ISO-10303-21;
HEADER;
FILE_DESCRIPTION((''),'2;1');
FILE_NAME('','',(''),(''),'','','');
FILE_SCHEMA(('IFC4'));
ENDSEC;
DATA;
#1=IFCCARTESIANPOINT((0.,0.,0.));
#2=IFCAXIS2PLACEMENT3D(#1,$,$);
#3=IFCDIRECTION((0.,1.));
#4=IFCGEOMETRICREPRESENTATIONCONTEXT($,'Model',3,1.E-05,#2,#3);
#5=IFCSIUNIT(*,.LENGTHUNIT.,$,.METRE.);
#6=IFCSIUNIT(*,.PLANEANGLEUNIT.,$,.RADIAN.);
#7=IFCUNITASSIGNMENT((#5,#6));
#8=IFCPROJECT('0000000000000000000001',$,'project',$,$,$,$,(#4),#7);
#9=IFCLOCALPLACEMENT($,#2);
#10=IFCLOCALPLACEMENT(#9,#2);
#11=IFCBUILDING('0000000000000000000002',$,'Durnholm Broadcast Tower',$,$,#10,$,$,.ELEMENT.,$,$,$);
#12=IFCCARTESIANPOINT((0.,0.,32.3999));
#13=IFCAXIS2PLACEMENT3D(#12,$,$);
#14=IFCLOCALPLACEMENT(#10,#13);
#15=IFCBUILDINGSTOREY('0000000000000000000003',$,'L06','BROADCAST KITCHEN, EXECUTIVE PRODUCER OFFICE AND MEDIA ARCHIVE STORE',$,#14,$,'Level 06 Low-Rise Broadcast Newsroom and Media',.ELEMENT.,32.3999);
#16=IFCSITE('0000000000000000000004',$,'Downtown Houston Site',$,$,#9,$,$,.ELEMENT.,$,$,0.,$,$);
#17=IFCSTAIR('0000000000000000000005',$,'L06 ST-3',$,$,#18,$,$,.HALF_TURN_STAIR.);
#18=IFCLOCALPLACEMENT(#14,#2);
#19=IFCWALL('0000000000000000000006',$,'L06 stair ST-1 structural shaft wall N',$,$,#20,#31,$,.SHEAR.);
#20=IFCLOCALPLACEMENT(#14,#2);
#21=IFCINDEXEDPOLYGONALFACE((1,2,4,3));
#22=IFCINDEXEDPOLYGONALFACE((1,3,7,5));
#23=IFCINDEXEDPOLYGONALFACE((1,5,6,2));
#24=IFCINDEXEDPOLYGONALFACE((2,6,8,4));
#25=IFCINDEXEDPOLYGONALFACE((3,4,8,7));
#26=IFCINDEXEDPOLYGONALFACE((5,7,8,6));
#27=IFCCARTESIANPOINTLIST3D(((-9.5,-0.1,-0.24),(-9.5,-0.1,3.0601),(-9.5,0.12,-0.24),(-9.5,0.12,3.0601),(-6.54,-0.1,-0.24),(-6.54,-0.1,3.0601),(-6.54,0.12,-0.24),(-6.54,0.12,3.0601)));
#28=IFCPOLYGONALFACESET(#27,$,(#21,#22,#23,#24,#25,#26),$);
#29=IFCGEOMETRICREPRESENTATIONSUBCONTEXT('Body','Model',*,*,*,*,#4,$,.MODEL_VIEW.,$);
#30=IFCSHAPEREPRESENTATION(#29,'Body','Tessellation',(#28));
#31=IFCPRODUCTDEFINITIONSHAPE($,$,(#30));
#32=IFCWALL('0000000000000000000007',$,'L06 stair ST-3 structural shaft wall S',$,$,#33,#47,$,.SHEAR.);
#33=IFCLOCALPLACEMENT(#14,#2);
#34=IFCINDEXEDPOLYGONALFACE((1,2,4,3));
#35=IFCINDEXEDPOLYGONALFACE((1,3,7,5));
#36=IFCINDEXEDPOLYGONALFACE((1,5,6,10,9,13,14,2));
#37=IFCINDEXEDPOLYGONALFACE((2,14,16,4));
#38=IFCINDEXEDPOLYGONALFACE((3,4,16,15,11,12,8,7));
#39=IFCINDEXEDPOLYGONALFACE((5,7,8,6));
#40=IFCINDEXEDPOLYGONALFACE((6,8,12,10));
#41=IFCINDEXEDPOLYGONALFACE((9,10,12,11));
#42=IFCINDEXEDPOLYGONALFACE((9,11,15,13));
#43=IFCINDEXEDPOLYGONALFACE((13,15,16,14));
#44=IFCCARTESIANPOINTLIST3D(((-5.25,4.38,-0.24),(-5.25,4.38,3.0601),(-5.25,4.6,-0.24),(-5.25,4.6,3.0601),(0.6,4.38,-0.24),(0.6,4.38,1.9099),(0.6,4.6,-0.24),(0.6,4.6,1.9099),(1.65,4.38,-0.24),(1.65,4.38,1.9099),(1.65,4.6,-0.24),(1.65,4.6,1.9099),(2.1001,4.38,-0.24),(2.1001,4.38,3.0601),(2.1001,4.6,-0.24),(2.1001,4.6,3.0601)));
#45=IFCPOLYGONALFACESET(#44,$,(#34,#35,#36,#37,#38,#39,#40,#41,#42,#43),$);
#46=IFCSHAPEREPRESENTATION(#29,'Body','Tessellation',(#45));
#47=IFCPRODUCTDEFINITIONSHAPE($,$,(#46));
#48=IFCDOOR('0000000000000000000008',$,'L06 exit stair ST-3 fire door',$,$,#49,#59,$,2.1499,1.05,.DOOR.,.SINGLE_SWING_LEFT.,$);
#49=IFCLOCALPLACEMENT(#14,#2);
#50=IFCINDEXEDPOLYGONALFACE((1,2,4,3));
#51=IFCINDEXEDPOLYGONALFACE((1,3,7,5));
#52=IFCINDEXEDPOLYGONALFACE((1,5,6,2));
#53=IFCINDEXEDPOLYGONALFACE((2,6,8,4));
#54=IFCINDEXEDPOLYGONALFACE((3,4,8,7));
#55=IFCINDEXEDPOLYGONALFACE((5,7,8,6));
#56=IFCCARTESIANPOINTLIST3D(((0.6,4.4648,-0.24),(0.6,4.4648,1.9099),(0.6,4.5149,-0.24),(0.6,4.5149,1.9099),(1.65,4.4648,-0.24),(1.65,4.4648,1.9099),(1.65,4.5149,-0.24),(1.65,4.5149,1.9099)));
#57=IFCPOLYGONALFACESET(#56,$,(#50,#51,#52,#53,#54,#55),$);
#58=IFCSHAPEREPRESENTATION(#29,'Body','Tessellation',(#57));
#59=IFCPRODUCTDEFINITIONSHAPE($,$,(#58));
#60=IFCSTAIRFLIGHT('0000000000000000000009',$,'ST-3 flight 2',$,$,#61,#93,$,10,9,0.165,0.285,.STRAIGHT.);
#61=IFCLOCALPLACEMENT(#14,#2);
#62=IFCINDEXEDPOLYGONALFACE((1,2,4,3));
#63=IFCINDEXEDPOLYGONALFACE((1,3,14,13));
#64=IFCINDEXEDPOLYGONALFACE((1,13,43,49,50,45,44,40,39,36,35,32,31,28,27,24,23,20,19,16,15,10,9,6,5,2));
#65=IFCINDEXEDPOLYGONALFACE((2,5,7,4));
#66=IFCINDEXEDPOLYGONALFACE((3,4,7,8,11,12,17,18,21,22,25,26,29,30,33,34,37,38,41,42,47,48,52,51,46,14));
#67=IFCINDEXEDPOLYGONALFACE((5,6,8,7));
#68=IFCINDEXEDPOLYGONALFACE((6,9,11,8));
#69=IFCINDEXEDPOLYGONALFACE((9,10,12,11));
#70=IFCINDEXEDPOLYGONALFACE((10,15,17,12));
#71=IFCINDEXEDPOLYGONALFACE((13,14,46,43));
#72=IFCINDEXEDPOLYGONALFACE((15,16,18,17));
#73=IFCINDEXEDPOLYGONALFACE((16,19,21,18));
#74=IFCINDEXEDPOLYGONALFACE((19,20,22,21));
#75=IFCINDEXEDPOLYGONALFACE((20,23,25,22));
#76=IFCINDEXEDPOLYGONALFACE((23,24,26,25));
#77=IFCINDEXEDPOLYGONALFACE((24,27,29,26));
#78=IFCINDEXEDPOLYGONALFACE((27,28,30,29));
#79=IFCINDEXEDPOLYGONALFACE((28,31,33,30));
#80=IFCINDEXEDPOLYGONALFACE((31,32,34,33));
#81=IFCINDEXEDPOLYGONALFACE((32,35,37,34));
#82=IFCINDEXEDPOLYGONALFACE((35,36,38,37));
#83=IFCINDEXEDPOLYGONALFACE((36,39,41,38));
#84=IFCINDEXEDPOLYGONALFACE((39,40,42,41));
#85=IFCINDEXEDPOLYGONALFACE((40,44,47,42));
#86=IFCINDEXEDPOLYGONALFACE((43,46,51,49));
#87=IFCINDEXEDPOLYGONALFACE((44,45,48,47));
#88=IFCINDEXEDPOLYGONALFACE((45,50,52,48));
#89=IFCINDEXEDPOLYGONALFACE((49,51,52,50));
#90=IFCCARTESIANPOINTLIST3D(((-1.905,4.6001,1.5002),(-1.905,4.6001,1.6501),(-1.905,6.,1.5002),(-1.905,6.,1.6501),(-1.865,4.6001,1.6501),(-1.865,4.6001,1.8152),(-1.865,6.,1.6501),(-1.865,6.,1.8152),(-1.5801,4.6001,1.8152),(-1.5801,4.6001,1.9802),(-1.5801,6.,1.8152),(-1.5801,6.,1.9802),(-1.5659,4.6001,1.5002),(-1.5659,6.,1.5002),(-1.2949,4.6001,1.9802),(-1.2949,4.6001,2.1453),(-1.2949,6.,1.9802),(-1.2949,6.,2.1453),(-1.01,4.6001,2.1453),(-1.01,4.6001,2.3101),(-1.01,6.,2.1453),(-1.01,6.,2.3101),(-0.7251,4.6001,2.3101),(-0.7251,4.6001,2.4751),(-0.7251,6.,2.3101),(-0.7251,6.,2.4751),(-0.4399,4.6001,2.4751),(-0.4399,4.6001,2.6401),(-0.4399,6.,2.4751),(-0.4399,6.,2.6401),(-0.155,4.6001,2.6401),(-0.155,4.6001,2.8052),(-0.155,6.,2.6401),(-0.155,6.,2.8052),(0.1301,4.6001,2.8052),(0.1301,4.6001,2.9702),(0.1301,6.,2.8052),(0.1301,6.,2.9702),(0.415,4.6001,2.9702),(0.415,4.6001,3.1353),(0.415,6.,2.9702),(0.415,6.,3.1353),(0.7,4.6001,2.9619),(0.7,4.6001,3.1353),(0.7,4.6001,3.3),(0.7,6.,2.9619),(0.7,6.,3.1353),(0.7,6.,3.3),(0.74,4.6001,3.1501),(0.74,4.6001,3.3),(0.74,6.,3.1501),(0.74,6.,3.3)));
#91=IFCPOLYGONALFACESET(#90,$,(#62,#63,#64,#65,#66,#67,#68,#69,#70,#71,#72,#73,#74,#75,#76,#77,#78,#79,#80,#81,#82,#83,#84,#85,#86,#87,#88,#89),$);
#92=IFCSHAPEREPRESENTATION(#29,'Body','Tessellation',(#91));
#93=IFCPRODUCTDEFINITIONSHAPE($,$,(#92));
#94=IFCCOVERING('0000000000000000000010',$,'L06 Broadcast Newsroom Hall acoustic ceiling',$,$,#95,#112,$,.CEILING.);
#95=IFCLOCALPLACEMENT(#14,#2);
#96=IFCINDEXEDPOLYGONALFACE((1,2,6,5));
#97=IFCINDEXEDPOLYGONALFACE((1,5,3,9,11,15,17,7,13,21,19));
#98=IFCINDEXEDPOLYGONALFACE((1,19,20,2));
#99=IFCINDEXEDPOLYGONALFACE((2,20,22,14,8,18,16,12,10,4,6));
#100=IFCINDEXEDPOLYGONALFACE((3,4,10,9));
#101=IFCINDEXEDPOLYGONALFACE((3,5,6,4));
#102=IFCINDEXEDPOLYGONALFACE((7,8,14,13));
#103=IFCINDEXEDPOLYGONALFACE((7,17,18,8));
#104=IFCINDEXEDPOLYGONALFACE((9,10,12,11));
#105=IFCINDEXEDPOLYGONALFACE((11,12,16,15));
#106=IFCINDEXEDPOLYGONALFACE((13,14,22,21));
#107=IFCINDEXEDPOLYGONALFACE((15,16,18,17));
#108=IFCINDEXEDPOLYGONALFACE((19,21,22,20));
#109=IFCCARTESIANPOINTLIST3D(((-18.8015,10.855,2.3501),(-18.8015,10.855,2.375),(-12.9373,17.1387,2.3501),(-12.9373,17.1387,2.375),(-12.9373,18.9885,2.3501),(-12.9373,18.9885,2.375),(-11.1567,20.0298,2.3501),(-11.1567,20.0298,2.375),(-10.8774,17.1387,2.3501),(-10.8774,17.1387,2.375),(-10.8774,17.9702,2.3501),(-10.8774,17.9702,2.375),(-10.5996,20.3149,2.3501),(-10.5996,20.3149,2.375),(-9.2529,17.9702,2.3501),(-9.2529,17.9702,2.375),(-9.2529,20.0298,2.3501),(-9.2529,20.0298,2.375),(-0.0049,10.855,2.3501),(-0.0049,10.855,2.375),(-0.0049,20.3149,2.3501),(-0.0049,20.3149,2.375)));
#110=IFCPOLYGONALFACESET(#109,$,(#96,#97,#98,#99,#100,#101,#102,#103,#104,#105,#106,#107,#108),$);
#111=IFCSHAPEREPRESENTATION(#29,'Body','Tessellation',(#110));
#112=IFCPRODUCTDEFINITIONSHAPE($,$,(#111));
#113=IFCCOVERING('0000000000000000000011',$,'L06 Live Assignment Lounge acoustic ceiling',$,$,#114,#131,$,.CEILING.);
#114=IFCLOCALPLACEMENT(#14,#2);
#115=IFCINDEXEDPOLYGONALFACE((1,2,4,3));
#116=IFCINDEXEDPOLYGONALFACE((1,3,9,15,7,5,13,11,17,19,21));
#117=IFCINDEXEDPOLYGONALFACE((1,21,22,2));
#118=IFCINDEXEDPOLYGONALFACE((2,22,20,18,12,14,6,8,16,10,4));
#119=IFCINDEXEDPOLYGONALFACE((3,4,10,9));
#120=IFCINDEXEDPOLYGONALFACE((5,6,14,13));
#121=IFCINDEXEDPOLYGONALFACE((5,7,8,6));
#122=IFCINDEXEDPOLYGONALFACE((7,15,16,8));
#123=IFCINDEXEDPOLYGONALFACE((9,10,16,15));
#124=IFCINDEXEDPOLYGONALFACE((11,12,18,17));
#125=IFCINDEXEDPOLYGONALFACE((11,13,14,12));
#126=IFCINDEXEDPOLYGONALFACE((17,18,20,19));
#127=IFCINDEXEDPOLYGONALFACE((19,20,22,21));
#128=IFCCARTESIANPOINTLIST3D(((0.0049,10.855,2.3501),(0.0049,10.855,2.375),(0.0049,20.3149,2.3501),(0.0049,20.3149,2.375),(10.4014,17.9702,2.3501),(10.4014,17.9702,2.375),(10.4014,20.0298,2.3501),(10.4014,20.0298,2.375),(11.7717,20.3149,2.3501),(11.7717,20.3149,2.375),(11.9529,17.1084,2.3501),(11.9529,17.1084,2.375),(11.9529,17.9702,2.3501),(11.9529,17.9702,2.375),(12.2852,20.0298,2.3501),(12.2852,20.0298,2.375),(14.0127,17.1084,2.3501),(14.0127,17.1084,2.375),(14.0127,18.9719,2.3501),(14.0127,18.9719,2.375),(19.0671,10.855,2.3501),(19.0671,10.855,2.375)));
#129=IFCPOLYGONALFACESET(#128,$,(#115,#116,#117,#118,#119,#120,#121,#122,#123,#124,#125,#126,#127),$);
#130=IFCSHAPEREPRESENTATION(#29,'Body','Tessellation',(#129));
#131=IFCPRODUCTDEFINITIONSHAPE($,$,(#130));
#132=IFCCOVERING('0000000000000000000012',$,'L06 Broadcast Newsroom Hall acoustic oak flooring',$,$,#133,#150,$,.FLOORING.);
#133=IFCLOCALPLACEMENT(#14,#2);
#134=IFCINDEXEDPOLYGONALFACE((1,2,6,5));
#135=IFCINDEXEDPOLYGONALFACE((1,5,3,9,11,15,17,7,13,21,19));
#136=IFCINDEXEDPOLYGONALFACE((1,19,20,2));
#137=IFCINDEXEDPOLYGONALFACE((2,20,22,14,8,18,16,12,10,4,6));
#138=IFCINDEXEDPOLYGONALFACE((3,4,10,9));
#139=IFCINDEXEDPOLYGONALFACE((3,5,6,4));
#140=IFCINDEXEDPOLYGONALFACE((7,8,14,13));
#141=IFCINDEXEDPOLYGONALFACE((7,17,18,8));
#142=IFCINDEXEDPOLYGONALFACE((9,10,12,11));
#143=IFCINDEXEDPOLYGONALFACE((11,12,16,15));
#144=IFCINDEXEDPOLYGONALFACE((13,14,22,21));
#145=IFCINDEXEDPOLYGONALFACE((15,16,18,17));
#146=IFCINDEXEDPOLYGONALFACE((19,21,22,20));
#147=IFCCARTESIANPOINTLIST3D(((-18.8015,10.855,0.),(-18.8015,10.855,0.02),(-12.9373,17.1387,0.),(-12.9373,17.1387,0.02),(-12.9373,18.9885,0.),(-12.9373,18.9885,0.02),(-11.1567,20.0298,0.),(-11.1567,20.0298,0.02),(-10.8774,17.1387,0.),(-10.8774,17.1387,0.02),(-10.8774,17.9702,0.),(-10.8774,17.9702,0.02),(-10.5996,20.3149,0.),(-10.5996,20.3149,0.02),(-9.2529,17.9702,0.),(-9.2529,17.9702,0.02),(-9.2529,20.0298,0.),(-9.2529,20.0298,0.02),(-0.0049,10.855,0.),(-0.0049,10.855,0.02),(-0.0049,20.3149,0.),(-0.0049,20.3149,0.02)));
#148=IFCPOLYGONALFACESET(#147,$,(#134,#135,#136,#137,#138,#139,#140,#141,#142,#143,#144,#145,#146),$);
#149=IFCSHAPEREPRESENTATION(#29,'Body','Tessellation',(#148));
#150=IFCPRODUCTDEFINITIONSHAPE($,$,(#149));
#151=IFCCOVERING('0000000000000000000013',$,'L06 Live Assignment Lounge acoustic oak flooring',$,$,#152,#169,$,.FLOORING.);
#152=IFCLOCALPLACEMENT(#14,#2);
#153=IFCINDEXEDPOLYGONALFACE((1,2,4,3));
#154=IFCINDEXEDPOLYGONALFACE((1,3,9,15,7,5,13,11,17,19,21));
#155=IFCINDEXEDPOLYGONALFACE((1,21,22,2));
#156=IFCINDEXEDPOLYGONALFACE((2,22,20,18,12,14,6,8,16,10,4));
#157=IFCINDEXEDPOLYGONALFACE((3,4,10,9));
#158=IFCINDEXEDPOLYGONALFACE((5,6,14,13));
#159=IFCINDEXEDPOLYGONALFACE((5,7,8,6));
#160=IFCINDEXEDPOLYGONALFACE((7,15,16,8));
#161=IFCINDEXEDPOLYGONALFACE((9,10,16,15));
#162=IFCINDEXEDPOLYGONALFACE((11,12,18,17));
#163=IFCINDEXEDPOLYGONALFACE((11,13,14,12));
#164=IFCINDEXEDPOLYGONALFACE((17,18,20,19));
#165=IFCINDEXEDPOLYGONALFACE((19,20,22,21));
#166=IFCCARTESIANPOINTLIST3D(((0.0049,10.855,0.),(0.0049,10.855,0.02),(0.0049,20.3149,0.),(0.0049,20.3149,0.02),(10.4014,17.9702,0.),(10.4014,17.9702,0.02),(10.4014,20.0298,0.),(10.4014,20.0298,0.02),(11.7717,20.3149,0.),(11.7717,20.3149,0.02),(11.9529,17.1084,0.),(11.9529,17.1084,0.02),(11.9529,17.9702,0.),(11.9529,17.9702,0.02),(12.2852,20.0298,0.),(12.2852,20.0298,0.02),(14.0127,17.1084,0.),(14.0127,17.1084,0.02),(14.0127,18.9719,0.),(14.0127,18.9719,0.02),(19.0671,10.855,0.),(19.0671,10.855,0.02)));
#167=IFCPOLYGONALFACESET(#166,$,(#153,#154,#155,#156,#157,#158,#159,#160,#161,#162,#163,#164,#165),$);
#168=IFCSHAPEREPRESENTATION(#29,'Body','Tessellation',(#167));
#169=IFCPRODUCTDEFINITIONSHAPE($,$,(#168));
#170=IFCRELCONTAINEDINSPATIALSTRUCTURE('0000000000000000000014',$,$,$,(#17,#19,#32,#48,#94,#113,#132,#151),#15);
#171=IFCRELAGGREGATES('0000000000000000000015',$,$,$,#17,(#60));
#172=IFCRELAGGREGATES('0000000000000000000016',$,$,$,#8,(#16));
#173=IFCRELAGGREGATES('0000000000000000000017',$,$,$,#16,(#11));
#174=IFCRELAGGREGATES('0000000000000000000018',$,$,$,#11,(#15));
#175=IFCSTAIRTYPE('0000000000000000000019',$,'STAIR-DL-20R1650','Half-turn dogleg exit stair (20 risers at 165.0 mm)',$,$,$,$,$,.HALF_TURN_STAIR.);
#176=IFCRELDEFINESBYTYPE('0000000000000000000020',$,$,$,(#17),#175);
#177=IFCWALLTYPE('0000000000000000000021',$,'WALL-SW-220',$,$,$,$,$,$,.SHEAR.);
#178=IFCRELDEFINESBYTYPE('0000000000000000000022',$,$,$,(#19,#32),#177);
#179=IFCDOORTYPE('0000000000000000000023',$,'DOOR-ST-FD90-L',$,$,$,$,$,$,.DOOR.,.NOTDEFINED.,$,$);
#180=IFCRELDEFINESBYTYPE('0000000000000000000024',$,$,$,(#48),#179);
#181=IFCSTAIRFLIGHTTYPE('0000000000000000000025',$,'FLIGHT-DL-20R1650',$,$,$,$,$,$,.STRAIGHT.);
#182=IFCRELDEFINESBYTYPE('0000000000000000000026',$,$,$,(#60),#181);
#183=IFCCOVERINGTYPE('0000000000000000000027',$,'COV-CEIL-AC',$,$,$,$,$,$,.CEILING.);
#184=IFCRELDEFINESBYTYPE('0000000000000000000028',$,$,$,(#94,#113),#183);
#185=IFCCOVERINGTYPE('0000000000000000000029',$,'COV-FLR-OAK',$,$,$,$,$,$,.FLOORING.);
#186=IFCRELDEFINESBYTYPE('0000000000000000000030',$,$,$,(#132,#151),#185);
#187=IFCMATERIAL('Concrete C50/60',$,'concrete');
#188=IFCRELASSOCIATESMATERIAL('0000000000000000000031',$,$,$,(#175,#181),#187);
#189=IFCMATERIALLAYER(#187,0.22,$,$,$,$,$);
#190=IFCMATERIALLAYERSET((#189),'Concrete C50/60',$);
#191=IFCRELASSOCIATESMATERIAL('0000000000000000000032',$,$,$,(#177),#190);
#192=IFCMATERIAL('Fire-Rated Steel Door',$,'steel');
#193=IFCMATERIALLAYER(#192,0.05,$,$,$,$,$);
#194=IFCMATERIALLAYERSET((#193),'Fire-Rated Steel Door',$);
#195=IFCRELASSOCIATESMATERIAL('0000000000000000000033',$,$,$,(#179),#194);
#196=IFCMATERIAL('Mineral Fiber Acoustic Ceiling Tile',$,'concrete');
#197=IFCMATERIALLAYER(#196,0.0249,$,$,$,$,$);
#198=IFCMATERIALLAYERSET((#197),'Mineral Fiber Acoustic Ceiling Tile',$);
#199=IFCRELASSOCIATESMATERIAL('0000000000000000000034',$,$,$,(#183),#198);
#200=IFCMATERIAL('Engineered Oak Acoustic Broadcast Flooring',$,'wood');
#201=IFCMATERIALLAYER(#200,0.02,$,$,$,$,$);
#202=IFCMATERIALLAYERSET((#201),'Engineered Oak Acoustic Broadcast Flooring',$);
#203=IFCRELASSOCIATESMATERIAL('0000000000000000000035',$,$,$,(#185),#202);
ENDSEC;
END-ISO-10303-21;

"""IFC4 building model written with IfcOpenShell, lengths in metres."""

from ifc_helpers import new_model, si_unit, direction, frame, frame_2d, origin, place, context, subcontext, project, spatial, polyline, rectangle, outline, extrude, source, transform, mapped, material, layer, layer_set, type_object, type_shapes, element, fill, aggregate, save


model = new_model("IFC4")

# Units and contexts
model_context = context("Model", 3, precision=1e-05, world=origin(), true_north=direction((0.0, 1.0)))
body_context = subcontext(model_context, "Body", "Model", "MODEL_VIEW")
ifc_project = project(units=[si_unit("LENGTHUNIT", "METRE"), si_unit("PLANEANGLEUNIT", "RADIAN")], contexts=[model_context])

# Site, building, storey
site_placement = place(None, origin())
site = spatial("IfcSite", under=ifc_project, at=site_placement, Name="Downtown Houston Site", CompositionType="ELEMENT", RefElevation=0.0)
building_placement = place(site_placement, origin())
building = spatial("IfcBuilding", under=site, at=building_placement, Name="Durnholm Broadcast Tower", CompositionType="ELEMENT")
storey_placement = place(building_placement, frame((0.0, 0.0, 32.3999)))
storey = spatial("IfcBuildingStorey", under=building, at=storey_placement, Name="L06", Description="BROADCAST KITCHEN, EXECUTIVE PRODUCER OFFICE AND MEDIA ARCHIVE STORE", LongName="Level 06 Low-Rise Broadcast Newsroom and Media", CompositionType="ELEMENT", Elevation=32.3999)

# Stair
ifc_material_1 = material(Name="Concrete C50/60", Category="concrete")
stair_type = type_object("IfcStairType", Name="STAIR-DL-20R1650", Description="Half-turn dogleg exit stair (20 risers at 165.0 mm)", PredefinedType="HALF_TURN_STAIR", material=ifc_material_1)
stair_1_placement = place(storey_placement, origin())
stair_1 = element("IfcStair", 1, at=stair_1_placement, inside=storey, type_object=stair_type, Name="L06 ST-3", PredefinedType="HALF_TURN_STAIR")

# Wall
ifc_layer_1 = layer(ifc_material_1, 0.22)
ifc_layer_set_1 = layer_set([ifc_layer_1], Name="Concrete C50/60")
wall_type_1 = type_object("IfcWallType", Name="WALL-SW-220", PredefinedType="SHEAR", material=ifc_layer_set_1)
wall_1_placement = place(storey_placement, frame((-6.54, 0.01, -0.24), z_axis=(0.0, 0.0, 1.0), x_axis=(-1.0, 0.0, 0.0)))
element("IfcWall", 2, at=wall_1_placement, inside=storey, type_object=wall_type_1, Name="L06 stair ST-1 structural shaft wall N", PredefinedType="SHEAR", context=body_context, shape_type="SweptSolid", body=[
    extrude(rectangle(XDim=2.96, YDim=0.22, at=frame_2d((1.48, 0.0))), origin(), (0.0, 0.0, 1.0), 3.3),
])

# Wall, opening, door
wall_2_placement = place(storey_placement, frame((-5.25, 4.49, -0.24), z_axis=(0.0, 0.0, 1.0), x_axis=(1.0, 0.0, 0.0)))
wall_2 = element("IfcWall", 3, at=wall_2_placement, inside=storey, type_object=wall_type_1, Name="L06 stair ST-3 structural shaft wall S", PredefinedType="SHEAR", context=body_context, shape_type="SweptSolid", body=[
    extrude(rectangle(XDim=7.3501, YDim=0.22, at=frame_2d((3.675, 0.0))), origin(), (0.0, 0.0, 1.0), 3.3),
])
opening_1_placement = place(wall_2_placement, frame((5.8501, 0.0, 0.0)))
opening_1 = element("IfcOpeningElement", 4, at=opening_1_placement, cuts=wall_2, PredefinedType="OPENING", context=body_context, shape_type="SweptSolid", body=[
    extrude(rectangle(XDim=1.05, YDim=2.1499, at=frame_2d((0.5249, 1.075))), frame((0.0, 0.1201, 0.0), z_axis=(0.0, -1.0, 0.0), x_axis=(1.0, 0.0, 0.0)), (0.0, 0.0, 1.0), 0.24),
])
ifc_material_2 = material(Name="Fire-Rated Steel Door", Category="steel")
ifc_layer_2 = layer(ifc_material_2, 0.05)
ifc_layer_set_2 = layer_set([ifc_layer_2], Name="Fire-Rated Steel Door")
door_type_1 = type_object("IfcDoorType", Name="DOOR-ST-FD90-L", OperationType="NOTDEFINED", PredefinedType="DOOR", material=ifc_layer_set_2)
shared_shape_1 = source(origin(), body_context, "Body", "SweptSolid", [
    extrude(rectangle(XDim=1.05, YDim=2.1499, at=frame_2d((0.5249, 1.075))), frame((0.0, 0.0249, 0.0), z_axis=(0.0, -1.0, 0.0), x_axis=(1.0, 0.0, 0.0)), (0.0, 0.0, 1.0), 0.05),
])
type_shapes(door_type_1, [shared_shape_1])
door_1_placement = place(opening_1_placement, origin())
door_1 = element("IfcDoor", 5, at=door_1_placement, inside=storey, type_object=door_type_1, Name="L06 exit stair ST-3 fire door", OperationType="SINGLE_SWING_LEFT", OverallHeight=2.1499, OverallWidth=1.05, PredefinedType="DOOR", context=body_context, shape_type="MappedRepresentation", body=[
    mapped(shared_shape_1, transform((0.0, 0.0, 0.0), x_axis=(1.0, 0.0, 0.0), y_axis=(0.0, 1.0, 0.0), z_axis=(0.0, 0.0, 1.0), scale=1.0)),
])
fill(opening_1, door_1)

# Stair flight
stair_flight_type = type_object("IfcStairFlightType", Name="FLIGHT-DL-20R1650", PredefinedType="STRAIGHT", material=ifc_material_1)
stair_flight_placement = place(storey_placement, frame((-1.865, 5.3, 1.6501), z_axis=(0.0, 0.0, 1.0), x_axis=(1.0, 0.0, 0.0)))
stair_flight = element("IfcStairFlight", 6, at=stair_flight_placement, type_object=stair_flight_type, Name="ST-3 flight 2", NumberOfRisers=10, NumberOfTreads=9, PredefinedType="STRAIGHT", RiserHeight=0.165, TreadLength=0.285, context=body_context, shape_type="SweptSolid", body=[
    extrude(outline(polyline([(-0.04, -0.1499), (-0.04, 0.0), (0.0, 0.0), (0.0, 0.165), (0.2849, 0.165), (0.2849, 0.3301), (0.5701, 0.3301), (0.5701, 0.4951), (0.855, 0.4951), (0.855, 0.6599), (1.1399, 0.6599), (1.1399, 0.825), (1.425, 0.825), (1.425, 0.99), (1.71, 0.99), (1.71, 1.155), (1.9951, 1.155), (1.9951, 1.3201), (2.28, 1.3201), (2.28, 1.4851), (2.5649, 1.4851), (2.5649, 1.6499), (2.605, 1.6499), (2.605, 1.5), (2.5649, 1.3118), (0.2991, -0.1499), (-0.04, -0.1499)])), frame((0.0, 0.7, 0.0), z_axis=(0.0, -1.0, 0.0), x_axis=(1.0, 0.0, 0.0)), (0.0, 0.0, 1.0), 1.3999),
])
aggregate(stair_1, [stair_flight])

# Coverings
ifc_material_3 = material(Name="Mineral Fiber Acoustic Ceiling Tile", Category="concrete")
ifc_layer_3 = layer(ifc_material_3, 0.0249)
ifc_layer_set_3 = layer_set([ifc_layer_3], Name="Mineral Fiber Acoustic Ceiling Tile")
covering_type_1 = type_object("IfcCoveringType", Name="COV-CEIL-AC", PredefinedType="CEILING", material=ifc_layer_set_3)
covering_1_placement = place(storey_placement, frame((0.0, 0.0, 2.3501)))
element("IfcCovering", 7, at=covering_1_placement, inside=storey, type_object=covering_type_1, Name="L06 Broadcast Newsroom Hall acoustic ceiling", PredefinedType="CEILING", context=body_context, shape_type="SweptSolid", body=[
    extrude(outline(polyline([(-9.2529, 17.9702), (-10.8774, 17.9702), (-10.8774, 17.1387), (-12.9373, 17.1387), (-12.9373, 18.9885), (-18.8015, 10.855), (-0.0049, 10.855), (-0.0049, 20.3149), (-10.5996, 20.3149), (-11.1567, 20.0298), (-9.2529, 20.0298), (-9.2529, 17.9702)])), origin(), (0.0, 0.0, 1.0), 0.0249),
])
covering_2_placement = place(storey_placement, frame((0.0, 0.0, 2.3501)))
element("IfcCovering", 8, at=covering_2_placement, inside=storey, type_object=covering_type_1, Name="L06 Live Assignment Lounge acoustic ceiling", PredefinedType="CEILING", context=body_context, shape_type="SweptSolid", body=[
    extrude(outline(polyline([(11.9529, 17.1084), (11.9529, 17.9702), (10.4014, 17.9702), (10.4014, 20.0298), (12.2852, 20.0298), (11.7717, 20.3149), (0.0049, 20.3149), (0.0049, 10.855), (19.0671, 10.855), (14.0127, 18.9719), (14.0127, 17.1084), (11.9529, 17.1084)])), origin(), (0.0, 0.0, 1.0), 0.0249),
])
ifc_material_4 = material(Name="Engineered Oak Acoustic Broadcast Flooring", Category="wood")
ifc_layer_4 = layer(ifc_material_4, 0.02)
ifc_layer_set_4 = layer_set([ifc_layer_4], Name="Engineered Oak Acoustic Broadcast Flooring")
covering_type_2 = type_object("IfcCoveringType", Name="COV-FLR-OAK", PredefinedType="FLOORING", material=ifc_layer_set_4)
covering_3_placement = place(storey_placement, origin())
element("IfcCovering", 9, at=covering_3_placement, inside=storey, type_object=covering_type_2, Name="L06 Broadcast Newsroom Hall acoustic oak flooring", PredefinedType="FLOORING", context=body_context, shape_type="SweptSolid", body=[
    extrude(outline(polyline([(-9.2529, 17.9702), (-10.8774, 17.9702), (-10.8774, 17.1387), (-12.9373, 17.1387), (-12.9373, 18.9885), (-18.8015, 10.855), (-0.0049, 10.855), (-0.0049, 20.3149), (-10.5996, 20.3149), (-11.1567, 20.0298), (-9.2529, 20.0298), (-9.2529, 17.9702)])), origin(), (0.0, 0.0, 1.0), 0.02),
])
covering_4_placement = place(storey_placement, origin())
element("IfcCovering", 10, at=covering_4_placement, inside=storey, type_object=covering_type_2, Name="L06 Live Assignment Lounge acoustic oak flooring", PredefinedType="FLOORING", context=body_context, shape_type="SweptSolid", body=[
    extrude(outline(polyline([(11.9529, 17.1084), (11.9529, 17.9702), (10.4014, 17.9702), (10.4014, 20.0298), (12.2852, 20.0298), (11.7717, 20.3149), (0.0049, 20.3149), (0.0049, 10.855), (19.0671, 10.855), (14.0127, 18.9719), (14.0127, 17.1084), (11.9529, 17.1084)])), origin(), (0.0, 0.0, 1.0), 0.02),
])

save(model, "model.ifc")
